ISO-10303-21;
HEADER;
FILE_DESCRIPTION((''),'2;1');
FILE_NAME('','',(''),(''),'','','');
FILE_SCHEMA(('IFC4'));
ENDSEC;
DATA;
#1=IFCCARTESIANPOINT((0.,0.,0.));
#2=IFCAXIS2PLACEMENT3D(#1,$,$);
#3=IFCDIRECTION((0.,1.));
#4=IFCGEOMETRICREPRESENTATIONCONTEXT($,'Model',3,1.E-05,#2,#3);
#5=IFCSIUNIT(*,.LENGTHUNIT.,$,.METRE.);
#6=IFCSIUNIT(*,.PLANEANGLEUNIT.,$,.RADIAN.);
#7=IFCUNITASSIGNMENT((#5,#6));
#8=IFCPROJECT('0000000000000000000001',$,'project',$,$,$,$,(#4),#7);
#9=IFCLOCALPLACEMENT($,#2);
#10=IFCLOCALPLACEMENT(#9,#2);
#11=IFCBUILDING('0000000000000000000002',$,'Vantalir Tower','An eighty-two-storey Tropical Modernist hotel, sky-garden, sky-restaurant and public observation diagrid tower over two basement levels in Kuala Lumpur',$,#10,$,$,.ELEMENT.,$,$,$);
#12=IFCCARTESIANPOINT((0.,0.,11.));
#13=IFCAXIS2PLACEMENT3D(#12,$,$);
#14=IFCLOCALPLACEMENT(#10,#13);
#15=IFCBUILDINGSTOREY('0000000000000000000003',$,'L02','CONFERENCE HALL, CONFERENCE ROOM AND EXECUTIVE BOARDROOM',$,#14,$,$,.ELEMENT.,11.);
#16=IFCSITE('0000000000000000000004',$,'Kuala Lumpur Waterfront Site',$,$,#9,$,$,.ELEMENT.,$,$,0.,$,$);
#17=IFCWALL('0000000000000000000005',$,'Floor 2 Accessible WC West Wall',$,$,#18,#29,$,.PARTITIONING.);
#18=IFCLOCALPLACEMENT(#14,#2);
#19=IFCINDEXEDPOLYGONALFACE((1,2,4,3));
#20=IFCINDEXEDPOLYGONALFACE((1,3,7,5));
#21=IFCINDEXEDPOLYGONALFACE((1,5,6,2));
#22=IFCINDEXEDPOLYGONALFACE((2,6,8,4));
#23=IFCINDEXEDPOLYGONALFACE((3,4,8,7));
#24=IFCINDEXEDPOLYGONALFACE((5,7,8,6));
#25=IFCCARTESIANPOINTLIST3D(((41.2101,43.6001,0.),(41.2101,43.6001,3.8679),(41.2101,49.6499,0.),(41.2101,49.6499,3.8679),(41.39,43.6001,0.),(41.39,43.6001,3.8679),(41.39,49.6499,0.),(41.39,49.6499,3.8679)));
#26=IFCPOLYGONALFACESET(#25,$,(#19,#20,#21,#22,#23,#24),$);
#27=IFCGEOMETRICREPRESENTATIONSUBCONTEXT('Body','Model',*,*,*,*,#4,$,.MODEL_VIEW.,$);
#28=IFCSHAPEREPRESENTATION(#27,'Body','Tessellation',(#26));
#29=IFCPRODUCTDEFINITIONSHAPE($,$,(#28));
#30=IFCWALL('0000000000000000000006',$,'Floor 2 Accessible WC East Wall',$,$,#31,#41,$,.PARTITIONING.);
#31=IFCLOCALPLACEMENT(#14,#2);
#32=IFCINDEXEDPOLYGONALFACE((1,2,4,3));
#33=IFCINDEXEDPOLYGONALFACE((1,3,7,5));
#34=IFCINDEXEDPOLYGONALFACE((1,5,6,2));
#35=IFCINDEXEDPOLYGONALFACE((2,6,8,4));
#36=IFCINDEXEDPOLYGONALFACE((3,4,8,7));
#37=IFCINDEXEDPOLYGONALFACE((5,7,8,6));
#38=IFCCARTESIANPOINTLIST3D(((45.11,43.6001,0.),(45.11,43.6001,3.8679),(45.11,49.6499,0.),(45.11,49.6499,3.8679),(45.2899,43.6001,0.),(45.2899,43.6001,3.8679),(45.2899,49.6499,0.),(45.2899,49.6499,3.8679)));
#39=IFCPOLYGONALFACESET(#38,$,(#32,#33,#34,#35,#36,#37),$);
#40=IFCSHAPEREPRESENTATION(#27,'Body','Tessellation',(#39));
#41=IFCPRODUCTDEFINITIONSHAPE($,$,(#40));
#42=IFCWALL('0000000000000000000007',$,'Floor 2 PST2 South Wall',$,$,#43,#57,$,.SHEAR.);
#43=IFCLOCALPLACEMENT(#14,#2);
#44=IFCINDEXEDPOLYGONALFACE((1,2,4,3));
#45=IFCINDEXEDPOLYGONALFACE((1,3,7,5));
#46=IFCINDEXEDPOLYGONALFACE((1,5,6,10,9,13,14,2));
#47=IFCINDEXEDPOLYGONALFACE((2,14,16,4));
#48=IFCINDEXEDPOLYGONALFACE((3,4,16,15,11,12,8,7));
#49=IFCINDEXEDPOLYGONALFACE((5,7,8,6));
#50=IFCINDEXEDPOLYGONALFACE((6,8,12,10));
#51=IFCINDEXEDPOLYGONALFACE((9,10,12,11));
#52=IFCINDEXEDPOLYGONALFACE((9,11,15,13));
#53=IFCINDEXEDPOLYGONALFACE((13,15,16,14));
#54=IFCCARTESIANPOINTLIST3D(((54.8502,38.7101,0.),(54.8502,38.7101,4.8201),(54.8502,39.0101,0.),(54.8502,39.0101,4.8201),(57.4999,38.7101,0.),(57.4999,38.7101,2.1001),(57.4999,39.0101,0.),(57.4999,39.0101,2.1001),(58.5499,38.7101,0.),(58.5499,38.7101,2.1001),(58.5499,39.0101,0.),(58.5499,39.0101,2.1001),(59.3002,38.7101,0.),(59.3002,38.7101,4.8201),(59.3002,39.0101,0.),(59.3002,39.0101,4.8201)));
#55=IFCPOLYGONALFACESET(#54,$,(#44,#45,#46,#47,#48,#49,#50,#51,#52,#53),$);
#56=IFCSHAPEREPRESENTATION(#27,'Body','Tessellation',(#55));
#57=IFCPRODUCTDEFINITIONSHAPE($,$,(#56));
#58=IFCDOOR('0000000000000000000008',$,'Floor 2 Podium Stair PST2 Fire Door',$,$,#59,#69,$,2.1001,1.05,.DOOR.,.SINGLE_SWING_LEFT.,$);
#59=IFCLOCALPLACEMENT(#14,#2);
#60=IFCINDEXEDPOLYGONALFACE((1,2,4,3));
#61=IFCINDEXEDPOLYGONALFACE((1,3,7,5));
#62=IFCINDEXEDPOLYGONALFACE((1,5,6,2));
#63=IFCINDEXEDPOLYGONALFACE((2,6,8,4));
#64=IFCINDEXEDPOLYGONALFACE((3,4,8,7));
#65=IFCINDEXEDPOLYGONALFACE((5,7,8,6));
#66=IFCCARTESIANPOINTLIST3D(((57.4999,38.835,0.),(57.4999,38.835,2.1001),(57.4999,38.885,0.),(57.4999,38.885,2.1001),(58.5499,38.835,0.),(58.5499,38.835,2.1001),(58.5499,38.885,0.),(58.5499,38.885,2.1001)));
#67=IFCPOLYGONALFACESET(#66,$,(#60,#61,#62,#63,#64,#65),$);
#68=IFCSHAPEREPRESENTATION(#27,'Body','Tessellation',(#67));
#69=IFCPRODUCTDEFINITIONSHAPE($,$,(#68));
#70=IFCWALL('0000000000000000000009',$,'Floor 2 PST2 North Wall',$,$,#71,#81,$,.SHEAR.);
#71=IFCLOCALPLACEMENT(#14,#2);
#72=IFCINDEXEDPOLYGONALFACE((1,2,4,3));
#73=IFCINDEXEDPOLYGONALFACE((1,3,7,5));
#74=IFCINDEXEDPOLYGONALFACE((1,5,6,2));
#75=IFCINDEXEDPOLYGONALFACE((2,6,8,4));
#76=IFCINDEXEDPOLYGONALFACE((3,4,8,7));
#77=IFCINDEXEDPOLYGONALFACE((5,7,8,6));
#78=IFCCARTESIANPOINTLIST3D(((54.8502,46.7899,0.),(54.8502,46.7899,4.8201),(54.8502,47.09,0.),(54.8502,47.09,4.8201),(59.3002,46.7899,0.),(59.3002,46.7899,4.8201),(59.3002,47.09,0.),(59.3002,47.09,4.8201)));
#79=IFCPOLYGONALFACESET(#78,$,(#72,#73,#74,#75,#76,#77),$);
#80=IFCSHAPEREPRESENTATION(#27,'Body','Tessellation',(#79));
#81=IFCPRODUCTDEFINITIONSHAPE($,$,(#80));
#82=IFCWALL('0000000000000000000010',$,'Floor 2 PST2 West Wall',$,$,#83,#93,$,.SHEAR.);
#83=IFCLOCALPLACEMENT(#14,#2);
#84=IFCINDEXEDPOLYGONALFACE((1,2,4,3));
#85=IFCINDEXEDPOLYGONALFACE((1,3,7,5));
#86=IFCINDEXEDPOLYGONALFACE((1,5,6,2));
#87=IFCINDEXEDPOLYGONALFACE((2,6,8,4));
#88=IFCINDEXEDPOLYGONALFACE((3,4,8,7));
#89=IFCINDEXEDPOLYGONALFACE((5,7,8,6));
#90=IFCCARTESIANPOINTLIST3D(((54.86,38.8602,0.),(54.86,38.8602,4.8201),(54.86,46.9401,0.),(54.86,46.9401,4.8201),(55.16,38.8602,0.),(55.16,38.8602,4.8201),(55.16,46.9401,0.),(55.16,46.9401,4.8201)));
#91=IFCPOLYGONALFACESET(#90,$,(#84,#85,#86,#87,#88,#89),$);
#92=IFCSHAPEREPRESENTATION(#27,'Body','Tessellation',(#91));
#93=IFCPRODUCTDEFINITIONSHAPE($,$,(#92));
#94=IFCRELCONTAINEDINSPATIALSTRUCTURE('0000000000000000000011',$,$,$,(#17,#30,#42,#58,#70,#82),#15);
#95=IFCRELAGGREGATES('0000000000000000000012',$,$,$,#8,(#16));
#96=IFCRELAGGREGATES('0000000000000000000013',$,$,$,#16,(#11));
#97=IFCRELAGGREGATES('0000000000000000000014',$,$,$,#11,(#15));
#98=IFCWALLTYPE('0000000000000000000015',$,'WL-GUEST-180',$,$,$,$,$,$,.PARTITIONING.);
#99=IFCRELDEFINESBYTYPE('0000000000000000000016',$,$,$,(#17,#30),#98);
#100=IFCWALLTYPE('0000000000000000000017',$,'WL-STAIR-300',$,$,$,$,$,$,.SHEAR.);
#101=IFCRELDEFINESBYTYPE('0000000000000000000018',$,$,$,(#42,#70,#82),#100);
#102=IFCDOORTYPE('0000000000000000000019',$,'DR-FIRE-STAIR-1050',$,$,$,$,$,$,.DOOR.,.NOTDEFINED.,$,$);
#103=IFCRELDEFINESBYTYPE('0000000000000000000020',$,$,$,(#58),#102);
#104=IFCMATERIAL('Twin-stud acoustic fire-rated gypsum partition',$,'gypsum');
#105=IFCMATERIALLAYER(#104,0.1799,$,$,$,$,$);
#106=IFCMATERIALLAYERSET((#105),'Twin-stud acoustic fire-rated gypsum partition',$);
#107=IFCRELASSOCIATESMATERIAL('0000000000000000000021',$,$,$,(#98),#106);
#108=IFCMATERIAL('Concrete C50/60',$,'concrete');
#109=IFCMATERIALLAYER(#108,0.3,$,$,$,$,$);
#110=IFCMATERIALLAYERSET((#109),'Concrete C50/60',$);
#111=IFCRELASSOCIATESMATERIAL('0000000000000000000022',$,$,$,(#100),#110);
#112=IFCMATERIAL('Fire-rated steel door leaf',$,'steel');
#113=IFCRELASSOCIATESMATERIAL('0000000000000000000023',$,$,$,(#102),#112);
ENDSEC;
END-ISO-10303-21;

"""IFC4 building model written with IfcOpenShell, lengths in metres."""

from ifc_helpers import new_model, si_unit, direction, frame, frame_2d, origin, place, context, subcontext, project, spatial, rectangle, extrude, material, layer, layer_set, type_object, element, fill, save


model = new_model("IFC4")

# Units and contexts
model_context = context("Model", 3, precision=1e-05, world=origin(), true_north=direction((0.0, 1.0)))
body_context = subcontext(model_context, "Body", "Model", "MODEL_VIEW")
ifc_project = project(units=[si_unit("LENGTHUNIT", "METRE"), si_unit("PLANEANGLEUNIT", "RADIAN")], contexts=[model_context])

# Site, building, storey
site_placement = place(None, origin())
site = spatial("IfcSite", under=ifc_project, at=site_placement, Name="Kuala Lumpur Waterfront Site", CompositionType="ELEMENT", RefElevation=0.0)
building_placement = place(site_placement, origin())
building = spatial("IfcBuilding", under=site, at=building_placement, Name="Vantalir Tower", Description="An eighty-two-storey Tropical Modernist hotel, sky-garden, sky-restaurant and public observation diagrid tower over two basement levels in Kuala Lumpur", CompositionType="ELEMENT")
storey_placement = place(building_placement, frame((0.0, 0.0, 11.0)))
storey = spatial("IfcBuildingStorey", under=building, at=storey_placement, Name="L02", Description="CONFERENCE HALL, CONFERENCE ROOM AND EXECUTIVE BOARDROOM", CompositionType="ELEMENT", Elevation=11.0)

# Shared definitions
ifc_material_1 = material(Name="Concrete C50/60", Category="concrete")

# Shared definitions
ifc_material_2 = material(Name="Twin-stud acoustic fire-rated gypsum partition", Category="gypsum")
ifc_layer_1 = layer(ifc_material_2, 0.1799)
ifc_layer_set_1 = layer_set([ifc_layer_1], Name="Twin-stud acoustic fire-rated gypsum partition")
wall_type_1 = type_object("IfcWallType", Name="WL-GUEST-180", PredefinedType="PARTITIONING", material=ifc_layer_set_1)

# Walls
for number, where, z_axis, x_axis, name in (
    (1, (41.3, 43.6001, 0.0), (0.0, 0.0, 1.0), (0.0, 1.0, 0.0), "Floor 2 Accessible WC West Wall"),
    (2, (45.2, 43.6001, 0.0), (0.0, 0.0, 1.0), (0.0, 1.0, 0.0), "Floor 2 Accessible WC East Wall"),
):
    element("IfcWall", number, at=place(storey_placement, frame(where, z_axis=z_axis, x_axis=x_axis)), inside=storey, type_object=wall_type_1, Name=name, PredefinedType="PARTITIONING", context=body_context, shape_type="SweptSolid", body=[
        extrude(rectangle(XDim=6.0498, YDim=0.1799, at=frame_2d((3.0249, 0.0))), origin(), (0.0, 0.0, 1.0), 3.8679),
    ])

# Wall, opening, door
ifc_layer_2 = layer(ifc_material_1, 0.3)
ifc_layer_set_2 = layer_set([ifc_layer_2], Name="Concrete C50/60")
wall_type_2 = type_object("IfcWallType", Name="WL-STAIR-300", PredefinedType="SHEAR", material=ifc_layer_set_2)
wall_1_placement = place(storey_placement, frame((54.8501, 38.8601, 0.0), z_axis=(0.0, 0.0, 1.0), x_axis=(1.0, 0.0, 0.0)))
wall_1 = element("IfcWall", 3, at=wall_1_placement, inside=storey, type_object=wall_type_2, Name="Floor 2 PST2 South Wall", PredefinedType="SHEAR", context=body_context, shape_type="SweptSolid", body=[
    extrude(rectangle(XDim=4.45, YDim=0.3, at=frame_2d((2.2251, 0.0))), origin(), (0.0, 0.0, 1.0), 4.8201),
])
opening_1_placement = place(wall_1_placement, frame((2.6499, 0.0, 0.0)))
opening_1 = element("IfcOpeningElement", 4, at=opening_1_placement, cuts=wall_1, PredefinedType="OPENING", context=body_context, shape_type="SweptSolid", body=[
    extrude(rectangle(XDim=1.05, YDim=2.1001, at=frame_2d((0.5249, 1.05))), frame((0.0, 0.1599, 0.0), z_axis=(0.0, -1.0, 0.0), x_axis=(1.0, 0.0, 0.0)), (0.0, 0.0, 1.0), 0.3201),
])
ifc_material_3 = material(Name="Fire-rated steel door leaf", Category="steel")
door_type_1 = type_object("IfcDoorType", Name="DR-FIRE-STAIR-1050", OperationType="NOTDEFINED", PredefinedType="DOOR", material=ifc_material_3)
door_1_placement = place(opening_1_placement, origin())
door_1 = element("IfcDoor", 5, at=door_1_placement, inside=storey, type_object=door_type_1, Name="Floor 2 Podium Stair PST2 Fire Door", OperationType="SINGLE_SWING_LEFT", OverallHeight=2.1001, OverallWidth=1.05, PredefinedType="DOOR", context=body_context, shape_type="SweptSolid", body=[
    extrude(rectangle(XDim=1.05, YDim=2.1001, at=frame_2d((0.5249, 1.05))), frame((0.0, 0.0249, 0.0), z_axis=(0.0, -1.0, 0.0), x_axis=(1.0, 0.0, 0.0)), (0.0, 0.0, 1.0), 0.05),
])
fill(opening_1, door_1)

# Walls
wall_2_placement = place(storey_placement, frame((54.8501, 46.9399, 0.0), z_axis=(0.0, 0.0, 1.0), x_axis=(1.0, 0.0, 0.0)))
element("IfcWall", 6, at=wall_2_placement, inside=storey, type_object=wall_type_2, Name="Floor 2 PST2 North Wall", PredefinedType="SHEAR", context=body_context, shape_type="SweptSolid", body=[
    extrude(rectangle(XDim=4.45, YDim=0.3, at=frame_2d((2.2251, 0.0))), origin(), (0.0, 0.0, 1.0), 4.8201),
])
wall_3_placement = place(storey_placement, frame((55.01, 38.8601, 0.0), z_axis=(0.0, 0.0, 1.0), x_axis=(0.0, 1.0, 0.0)))
element("IfcWall", 7, at=wall_3_placement, inside=storey, type_object=wall_type_2, Name="Floor 2 PST2 West Wall", PredefinedType="SHEAR", context=body_context, shape_type="SweptSolid", body=[
    extrude(rectangle(XDim=8.0798, YDim=0.3, at=frame_2d((4.04, 0.0))), origin(), (0.0, 0.0, 1.0), 4.8201),
])

save(model, "model.ifc")
